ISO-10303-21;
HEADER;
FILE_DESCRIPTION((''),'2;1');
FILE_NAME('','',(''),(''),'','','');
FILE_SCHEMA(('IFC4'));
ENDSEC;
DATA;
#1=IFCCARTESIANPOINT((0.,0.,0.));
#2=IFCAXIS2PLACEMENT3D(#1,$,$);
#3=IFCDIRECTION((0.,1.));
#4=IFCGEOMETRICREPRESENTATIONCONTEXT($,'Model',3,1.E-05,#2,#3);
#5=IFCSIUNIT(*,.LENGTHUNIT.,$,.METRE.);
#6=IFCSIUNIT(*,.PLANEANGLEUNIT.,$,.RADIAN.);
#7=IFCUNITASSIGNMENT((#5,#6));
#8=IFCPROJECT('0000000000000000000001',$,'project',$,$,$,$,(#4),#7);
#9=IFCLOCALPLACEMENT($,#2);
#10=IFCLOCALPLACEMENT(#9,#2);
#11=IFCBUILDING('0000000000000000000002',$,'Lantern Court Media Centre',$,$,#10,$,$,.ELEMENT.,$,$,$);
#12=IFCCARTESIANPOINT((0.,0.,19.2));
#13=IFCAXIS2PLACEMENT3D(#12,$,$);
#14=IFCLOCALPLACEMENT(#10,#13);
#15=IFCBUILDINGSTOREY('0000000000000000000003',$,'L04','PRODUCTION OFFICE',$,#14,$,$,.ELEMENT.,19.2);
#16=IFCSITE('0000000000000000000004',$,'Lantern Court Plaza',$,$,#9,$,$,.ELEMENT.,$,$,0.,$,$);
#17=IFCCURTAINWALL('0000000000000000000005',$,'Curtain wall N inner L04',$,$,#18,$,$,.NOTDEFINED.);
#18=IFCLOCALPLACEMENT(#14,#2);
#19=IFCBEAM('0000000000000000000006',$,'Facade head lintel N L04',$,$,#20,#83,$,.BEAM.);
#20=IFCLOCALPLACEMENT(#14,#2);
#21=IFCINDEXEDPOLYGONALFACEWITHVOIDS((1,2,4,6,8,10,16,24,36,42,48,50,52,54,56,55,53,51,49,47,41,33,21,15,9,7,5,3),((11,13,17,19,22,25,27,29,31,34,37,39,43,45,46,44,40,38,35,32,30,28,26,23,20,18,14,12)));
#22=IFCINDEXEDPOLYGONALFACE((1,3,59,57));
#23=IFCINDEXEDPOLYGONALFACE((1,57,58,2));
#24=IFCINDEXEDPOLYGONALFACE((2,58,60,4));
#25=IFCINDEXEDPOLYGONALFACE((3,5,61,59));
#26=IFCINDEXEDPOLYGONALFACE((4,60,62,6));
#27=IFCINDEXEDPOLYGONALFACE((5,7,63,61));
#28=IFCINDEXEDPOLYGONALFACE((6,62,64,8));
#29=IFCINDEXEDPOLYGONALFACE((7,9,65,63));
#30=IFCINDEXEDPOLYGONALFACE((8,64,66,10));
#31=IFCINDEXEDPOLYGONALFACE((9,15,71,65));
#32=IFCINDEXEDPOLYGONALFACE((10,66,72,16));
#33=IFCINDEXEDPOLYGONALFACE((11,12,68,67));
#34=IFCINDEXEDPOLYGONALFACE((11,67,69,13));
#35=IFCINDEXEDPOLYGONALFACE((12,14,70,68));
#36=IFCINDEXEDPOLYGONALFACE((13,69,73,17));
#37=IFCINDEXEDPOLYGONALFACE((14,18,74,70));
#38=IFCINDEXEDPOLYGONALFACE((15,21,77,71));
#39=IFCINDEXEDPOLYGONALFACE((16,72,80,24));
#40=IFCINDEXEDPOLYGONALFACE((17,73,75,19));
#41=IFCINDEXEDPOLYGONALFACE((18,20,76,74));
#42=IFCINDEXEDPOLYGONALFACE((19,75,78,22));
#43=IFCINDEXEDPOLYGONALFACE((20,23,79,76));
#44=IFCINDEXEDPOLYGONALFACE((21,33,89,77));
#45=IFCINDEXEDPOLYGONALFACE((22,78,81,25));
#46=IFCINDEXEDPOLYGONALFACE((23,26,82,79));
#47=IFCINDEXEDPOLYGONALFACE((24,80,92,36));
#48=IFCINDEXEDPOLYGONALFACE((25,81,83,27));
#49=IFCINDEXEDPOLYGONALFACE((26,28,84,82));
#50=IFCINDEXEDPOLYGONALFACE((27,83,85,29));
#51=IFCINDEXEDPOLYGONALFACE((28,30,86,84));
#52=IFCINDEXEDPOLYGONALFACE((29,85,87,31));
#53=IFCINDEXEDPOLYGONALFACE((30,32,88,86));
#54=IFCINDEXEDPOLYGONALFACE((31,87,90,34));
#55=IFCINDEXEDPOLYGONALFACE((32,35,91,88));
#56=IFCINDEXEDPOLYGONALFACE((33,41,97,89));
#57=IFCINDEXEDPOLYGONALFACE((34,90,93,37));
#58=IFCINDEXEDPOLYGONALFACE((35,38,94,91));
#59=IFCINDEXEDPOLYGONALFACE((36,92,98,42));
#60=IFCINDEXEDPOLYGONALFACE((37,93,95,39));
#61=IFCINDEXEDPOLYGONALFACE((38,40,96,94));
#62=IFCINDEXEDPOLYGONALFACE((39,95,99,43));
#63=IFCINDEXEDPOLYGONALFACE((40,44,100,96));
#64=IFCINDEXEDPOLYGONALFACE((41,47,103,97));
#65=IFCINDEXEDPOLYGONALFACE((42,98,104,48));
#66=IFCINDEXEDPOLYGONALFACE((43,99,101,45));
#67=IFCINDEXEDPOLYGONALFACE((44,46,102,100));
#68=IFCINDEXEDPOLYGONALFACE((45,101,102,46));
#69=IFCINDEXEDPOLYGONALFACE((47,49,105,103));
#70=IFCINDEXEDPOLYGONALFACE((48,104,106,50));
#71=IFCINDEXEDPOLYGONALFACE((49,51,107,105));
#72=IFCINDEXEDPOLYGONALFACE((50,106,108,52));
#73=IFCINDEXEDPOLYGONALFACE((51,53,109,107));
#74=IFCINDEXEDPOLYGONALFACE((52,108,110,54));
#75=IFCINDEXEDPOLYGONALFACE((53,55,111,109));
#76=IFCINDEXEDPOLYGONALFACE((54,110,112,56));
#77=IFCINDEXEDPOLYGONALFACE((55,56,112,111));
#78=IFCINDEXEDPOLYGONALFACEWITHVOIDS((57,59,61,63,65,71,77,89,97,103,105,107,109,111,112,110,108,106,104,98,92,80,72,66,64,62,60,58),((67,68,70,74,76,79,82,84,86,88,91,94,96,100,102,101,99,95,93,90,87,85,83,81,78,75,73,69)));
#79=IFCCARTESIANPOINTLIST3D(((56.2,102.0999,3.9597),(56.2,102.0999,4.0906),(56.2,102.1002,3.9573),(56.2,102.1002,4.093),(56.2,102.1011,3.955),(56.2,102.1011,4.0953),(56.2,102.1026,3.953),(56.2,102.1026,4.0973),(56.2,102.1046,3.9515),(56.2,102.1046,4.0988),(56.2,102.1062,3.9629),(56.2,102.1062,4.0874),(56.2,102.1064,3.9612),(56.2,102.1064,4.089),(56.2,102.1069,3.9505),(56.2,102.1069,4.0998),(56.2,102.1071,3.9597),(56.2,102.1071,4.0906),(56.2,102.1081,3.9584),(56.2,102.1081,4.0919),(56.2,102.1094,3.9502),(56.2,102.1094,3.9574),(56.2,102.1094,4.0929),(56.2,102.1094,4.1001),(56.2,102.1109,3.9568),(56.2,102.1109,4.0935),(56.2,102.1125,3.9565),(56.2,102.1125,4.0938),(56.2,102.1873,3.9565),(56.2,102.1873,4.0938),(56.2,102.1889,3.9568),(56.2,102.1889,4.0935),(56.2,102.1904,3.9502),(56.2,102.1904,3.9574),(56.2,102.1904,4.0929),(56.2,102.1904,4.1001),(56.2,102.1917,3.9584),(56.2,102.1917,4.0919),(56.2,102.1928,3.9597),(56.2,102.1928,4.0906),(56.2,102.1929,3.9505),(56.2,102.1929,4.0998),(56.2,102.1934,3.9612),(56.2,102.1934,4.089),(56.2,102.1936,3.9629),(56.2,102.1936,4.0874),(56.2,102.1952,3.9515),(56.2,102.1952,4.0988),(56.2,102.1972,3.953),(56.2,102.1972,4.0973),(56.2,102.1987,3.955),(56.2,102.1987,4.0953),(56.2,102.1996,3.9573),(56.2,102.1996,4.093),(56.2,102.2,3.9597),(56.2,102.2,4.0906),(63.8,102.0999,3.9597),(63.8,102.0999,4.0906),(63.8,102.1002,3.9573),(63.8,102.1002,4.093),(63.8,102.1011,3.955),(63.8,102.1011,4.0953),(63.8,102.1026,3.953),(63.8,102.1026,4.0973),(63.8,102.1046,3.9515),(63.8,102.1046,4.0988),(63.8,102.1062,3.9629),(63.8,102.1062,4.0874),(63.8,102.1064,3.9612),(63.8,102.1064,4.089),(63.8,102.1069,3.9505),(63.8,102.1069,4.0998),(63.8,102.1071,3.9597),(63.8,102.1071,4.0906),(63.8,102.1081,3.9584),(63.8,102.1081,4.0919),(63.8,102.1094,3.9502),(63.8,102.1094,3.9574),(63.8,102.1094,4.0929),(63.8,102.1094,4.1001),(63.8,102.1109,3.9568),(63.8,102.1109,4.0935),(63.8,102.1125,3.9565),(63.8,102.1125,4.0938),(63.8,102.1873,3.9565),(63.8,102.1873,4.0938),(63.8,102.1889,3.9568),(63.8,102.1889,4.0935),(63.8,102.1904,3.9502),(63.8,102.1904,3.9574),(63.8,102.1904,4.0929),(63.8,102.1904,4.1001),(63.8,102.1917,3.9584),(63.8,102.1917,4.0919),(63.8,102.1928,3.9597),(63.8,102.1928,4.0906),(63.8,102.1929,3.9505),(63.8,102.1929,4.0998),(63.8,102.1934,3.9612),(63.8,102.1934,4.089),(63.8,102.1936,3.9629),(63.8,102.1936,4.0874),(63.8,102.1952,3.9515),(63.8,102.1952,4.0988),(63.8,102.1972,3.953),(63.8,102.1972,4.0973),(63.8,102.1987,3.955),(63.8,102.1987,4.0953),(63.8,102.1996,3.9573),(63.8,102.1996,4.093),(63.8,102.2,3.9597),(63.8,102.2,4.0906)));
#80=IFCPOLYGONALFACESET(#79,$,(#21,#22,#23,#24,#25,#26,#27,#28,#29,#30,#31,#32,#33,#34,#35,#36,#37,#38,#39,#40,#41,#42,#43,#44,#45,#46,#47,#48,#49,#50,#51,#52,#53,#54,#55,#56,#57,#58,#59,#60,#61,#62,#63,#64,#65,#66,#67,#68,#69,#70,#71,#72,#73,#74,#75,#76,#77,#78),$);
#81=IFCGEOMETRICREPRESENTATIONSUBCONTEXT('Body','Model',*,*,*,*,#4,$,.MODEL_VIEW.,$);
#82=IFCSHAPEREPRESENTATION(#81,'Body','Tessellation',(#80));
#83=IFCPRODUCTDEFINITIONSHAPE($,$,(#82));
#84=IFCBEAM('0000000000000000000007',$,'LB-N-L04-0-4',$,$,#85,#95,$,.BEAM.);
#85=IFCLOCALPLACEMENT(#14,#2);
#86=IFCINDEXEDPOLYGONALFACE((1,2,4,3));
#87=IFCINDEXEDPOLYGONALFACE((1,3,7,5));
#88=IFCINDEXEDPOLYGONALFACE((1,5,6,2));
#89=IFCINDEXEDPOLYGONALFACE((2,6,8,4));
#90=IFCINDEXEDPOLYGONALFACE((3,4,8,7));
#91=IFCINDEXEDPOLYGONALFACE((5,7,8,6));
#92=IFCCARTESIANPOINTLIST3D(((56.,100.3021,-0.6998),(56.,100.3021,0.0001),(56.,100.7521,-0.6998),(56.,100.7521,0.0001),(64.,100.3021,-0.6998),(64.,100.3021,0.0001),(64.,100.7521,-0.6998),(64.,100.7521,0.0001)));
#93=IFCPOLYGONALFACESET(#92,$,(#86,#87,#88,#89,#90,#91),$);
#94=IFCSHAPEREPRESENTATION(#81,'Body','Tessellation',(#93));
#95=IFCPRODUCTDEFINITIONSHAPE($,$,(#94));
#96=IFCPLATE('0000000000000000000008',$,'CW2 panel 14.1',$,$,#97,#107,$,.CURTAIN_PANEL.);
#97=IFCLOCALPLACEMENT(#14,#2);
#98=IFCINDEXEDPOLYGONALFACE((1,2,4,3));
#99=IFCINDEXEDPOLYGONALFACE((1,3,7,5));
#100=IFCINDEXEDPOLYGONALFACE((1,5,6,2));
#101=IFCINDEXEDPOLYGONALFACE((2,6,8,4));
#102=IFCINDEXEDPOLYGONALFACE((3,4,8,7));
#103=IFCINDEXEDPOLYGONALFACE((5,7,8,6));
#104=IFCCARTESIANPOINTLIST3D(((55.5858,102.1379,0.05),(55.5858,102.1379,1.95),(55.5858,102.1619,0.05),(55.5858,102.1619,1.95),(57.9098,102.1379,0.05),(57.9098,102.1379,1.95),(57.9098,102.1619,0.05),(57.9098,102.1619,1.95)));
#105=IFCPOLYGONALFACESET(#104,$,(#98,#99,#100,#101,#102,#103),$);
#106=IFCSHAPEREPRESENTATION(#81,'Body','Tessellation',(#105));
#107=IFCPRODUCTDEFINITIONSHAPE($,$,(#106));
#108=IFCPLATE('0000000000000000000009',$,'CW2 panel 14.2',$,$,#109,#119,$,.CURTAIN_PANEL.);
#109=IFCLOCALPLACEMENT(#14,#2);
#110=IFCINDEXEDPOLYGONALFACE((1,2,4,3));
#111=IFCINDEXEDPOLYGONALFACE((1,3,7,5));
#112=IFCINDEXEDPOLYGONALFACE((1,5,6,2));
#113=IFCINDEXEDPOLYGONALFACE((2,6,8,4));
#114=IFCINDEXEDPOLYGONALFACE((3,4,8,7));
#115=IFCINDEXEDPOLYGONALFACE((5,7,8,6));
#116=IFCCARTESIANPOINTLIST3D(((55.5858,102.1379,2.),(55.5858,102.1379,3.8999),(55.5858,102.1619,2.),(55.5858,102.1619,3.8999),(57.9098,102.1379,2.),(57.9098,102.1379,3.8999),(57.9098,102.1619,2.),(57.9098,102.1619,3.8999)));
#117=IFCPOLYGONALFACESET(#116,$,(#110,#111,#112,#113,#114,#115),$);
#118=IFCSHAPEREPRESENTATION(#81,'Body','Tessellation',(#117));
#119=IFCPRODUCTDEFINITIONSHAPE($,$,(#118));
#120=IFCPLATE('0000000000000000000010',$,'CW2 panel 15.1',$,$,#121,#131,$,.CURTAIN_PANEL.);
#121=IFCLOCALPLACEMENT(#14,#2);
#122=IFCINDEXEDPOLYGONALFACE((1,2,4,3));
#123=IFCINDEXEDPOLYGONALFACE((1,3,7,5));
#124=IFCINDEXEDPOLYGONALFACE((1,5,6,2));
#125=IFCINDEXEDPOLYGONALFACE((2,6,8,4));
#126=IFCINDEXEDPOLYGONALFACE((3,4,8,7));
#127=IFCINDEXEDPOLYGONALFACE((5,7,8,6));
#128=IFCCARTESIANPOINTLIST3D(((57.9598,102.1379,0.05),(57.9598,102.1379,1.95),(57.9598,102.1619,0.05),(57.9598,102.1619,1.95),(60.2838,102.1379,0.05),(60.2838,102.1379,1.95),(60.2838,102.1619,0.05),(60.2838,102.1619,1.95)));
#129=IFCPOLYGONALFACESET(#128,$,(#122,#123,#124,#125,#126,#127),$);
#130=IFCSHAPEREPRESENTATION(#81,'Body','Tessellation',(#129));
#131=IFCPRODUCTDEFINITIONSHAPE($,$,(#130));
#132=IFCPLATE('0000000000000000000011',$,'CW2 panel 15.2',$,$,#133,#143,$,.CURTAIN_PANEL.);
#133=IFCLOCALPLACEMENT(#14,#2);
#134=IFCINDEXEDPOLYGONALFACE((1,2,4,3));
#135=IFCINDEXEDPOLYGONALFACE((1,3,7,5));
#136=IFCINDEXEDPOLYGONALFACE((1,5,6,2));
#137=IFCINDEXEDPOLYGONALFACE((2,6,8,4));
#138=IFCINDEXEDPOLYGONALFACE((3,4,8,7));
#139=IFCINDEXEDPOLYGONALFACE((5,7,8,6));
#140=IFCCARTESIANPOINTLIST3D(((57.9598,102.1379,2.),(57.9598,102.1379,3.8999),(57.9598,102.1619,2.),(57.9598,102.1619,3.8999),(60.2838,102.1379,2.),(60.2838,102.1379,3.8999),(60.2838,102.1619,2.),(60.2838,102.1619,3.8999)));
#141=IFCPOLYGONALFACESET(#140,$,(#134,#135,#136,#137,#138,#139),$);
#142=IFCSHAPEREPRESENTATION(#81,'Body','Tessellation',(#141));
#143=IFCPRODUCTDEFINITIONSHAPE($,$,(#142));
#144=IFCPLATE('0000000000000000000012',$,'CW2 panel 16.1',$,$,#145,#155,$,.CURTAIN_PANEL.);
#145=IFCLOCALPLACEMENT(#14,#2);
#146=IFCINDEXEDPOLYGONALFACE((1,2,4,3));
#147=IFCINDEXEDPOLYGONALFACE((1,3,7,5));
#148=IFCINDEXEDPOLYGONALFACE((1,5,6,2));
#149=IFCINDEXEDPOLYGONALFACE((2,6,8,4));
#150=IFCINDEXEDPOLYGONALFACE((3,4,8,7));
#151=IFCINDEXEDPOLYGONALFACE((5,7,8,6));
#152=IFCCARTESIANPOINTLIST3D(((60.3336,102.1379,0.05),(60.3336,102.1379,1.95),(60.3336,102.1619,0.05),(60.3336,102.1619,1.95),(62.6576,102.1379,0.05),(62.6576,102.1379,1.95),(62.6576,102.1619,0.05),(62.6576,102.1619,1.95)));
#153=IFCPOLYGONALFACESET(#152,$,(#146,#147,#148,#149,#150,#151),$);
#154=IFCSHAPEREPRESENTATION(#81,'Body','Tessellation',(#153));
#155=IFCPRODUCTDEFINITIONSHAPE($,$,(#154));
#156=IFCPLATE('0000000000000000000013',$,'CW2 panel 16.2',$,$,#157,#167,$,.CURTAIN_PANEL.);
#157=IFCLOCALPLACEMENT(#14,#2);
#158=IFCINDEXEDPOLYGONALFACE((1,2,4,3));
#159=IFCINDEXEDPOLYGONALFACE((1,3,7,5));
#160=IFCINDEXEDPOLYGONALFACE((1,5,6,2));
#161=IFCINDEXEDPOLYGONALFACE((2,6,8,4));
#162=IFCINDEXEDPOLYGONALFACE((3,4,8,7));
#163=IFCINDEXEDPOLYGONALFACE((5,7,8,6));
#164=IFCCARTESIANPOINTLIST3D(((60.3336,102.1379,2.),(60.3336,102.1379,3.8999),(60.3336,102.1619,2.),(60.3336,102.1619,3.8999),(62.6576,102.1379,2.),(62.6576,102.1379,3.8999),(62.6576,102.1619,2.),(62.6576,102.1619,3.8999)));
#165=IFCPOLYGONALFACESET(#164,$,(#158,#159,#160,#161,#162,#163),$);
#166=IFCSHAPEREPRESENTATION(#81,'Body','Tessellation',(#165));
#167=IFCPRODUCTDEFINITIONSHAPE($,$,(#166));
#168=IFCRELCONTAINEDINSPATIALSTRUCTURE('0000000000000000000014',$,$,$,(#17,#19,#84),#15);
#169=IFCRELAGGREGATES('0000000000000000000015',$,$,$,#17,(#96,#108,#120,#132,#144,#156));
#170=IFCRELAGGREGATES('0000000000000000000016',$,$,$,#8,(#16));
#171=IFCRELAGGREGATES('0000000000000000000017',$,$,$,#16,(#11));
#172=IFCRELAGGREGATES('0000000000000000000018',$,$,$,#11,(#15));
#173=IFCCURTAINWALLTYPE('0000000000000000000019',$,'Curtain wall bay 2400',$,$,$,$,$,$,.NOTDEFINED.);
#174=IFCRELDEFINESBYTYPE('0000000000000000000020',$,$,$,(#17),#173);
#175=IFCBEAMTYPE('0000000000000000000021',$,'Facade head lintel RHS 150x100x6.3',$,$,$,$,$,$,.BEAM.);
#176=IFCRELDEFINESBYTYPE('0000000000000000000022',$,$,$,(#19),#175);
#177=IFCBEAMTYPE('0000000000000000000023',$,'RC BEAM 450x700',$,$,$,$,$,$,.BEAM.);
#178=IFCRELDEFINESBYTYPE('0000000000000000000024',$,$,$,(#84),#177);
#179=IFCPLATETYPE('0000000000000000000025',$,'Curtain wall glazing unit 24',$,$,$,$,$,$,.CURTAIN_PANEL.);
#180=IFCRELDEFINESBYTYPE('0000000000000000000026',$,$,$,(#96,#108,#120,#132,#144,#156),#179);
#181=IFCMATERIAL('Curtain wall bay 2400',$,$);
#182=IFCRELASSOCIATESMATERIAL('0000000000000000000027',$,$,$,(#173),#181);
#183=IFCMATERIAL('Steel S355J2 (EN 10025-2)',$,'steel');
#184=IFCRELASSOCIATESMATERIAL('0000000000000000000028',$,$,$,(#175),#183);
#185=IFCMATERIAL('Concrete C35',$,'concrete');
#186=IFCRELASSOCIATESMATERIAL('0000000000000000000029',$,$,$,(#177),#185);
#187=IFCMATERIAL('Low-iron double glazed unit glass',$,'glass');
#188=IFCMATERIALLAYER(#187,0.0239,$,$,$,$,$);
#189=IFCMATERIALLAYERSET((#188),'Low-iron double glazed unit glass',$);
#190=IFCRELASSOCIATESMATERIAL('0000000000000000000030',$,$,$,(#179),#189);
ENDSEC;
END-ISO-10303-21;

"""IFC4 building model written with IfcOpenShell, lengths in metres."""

from ifc_helpers import new_model, si_unit, direction, frame, origin, origin_2d, place, context, subcontext, project, spatial, rectangle, hollow_rectangle, extrude, material, layer, layer_set, material_profile, profile_set, type_object, element, aggregate, save


model = new_model("IFC4")

# Units and contexts
model_context = context("Model", 3, precision=1e-05, world=origin(), true_north=direction((0.0, 1.0)))
body_context = subcontext(model_context, "Body", "Model", "MODEL_VIEW")
ifc_project = project(units=[si_unit("LENGTHUNIT", "METRE"), si_unit("PLANEANGLEUNIT", "RADIAN")], contexts=[model_context])

# Site, building, storey
site_placement = place(None, origin())
site = spatial("IfcSite", under=ifc_project, at=site_placement, Name="Lantern Court Plaza", CompositionType="ELEMENT", RefElevation=0.0)
building_placement = place(site_placement, origin())
building = spatial("IfcBuilding", under=site, at=building_placement, Name="Lantern Court Media Centre", CompositionType="ELEMENT")
storey_placement = place(building_placement, frame((0.0, 0.0, 19.2)))
storey = spatial("IfcBuildingStorey", under=building, at=storey_placement, Name="L04", Description="PRODUCTION OFFICE", CompositionType="ELEMENT", Elevation=19.2)

# Shared definitions
ifc_material_1 = material(Name="Concrete C35", Category="concrete")

# Curtain wall
ifc_material_2 = material(Name="Curtain wall bay 2400")
curtain_wall_type = type_object("IfcCurtainWallType", Name="Curtain wall bay 2400", PredefinedType="NOTDEFINED", material=ifc_material_2)
curtain_wall_placement = place(storey_placement, origin())
curtain_wall = element("IfcCurtainWall", 1, at=curtain_wall_placement, inside=storey, type_object=curtain_wall_type, Name="Curtain wall N inner L04", PredefinedType="NOTDEFINED")

# Beams
ifc_material_3 = material(Name="Steel S355J2 (EN 10025-2)", Category="steel")
ifc_material_profile_1 = material_profile(ifc_material_3, hollow_rectangle(XDim=0.1001, YDim=0.1499, WallThickness=0.0063, InnerFilletRadius=0.0063, OuterFilletRadius=0.0095, at=origin_2d()), Name="Facade head lintel RHS 150x100x6.3")
ifc_profile_set_1 = profile_set([ifc_material_profile_1], Name="Steel S355J2 (EN 10025-2)")
beam_type_1 = type_object("IfcBeamType", Name="Facade head lintel RHS 150x100x6.3", PredefinedType="BEAM", material=ifc_profile_set_1)
beam_1_placement = place(storey_placement, frame((56.2, 102.1499, 4.0251), z_axis=(1.0, 0.0, 0.0), x_axis=(0.0, 1.0, 0.0)))
element("IfcBeam", 2, at=beam_1_placement, inside=storey, type_object=beam_type_1, Name="Facade head lintel N L04", PredefinedType="BEAM", context=body_context, shape_type="SweptSolid", body=[
    extrude(hollow_rectangle(XDim=0.1001, YDim=0.1499, WallThickness=0.0063, InnerFilletRadius=0.0063, OuterFilletRadius=0.0095, at=origin_2d()), origin(), (0.0, 0.0, 1.0), 7.6001),
])
ifc_material_profile_2 = material_profile(ifc_material_1, rectangle(XDim=0.45, YDim=0.7, at=origin_2d()), Name="RC 450x700")
ifc_profile_set_2 = profile_set([ifc_material_profile_2], Name="Concrete C35")
beam_type_2 = type_object("IfcBeamType", Name="RC BEAM 450x700", PredefinedType="BEAM", material=ifc_profile_set_2)
beam_2_placement = place(storey_placement, frame((56.0, 100.5271, -0.3499), z_axis=(1.0, 0.0, 0.0), x_axis=(0.0, 1.0, 0.0)))
element("IfcBeam", 3, at=beam_2_placement, inside=storey, type_object=beam_type_2, Name="LB-N-L04-0-4", PredefinedType="BEAM", context=body_context, shape_type="SweptSolid", body=[
    extrude(rectangle(XDim=0.45, YDim=0.7, at=origin_2d()), origin(), (0.0, 0.0, 1.0), 8.0),
])

# Plates
ifc_material_4 = material(Name="Low-iron double glazed unit glass", Category="glass")
ifc_layer_1 = layer(ifc_material_4, 0.0239)
ifc_layer_set_1 = layer_set([ifc_layer_1], Name="Low-iron double glazed unit glass")
plate_type = type_object("IfcPlateType", Name="Curtain wall glazing unit 24", PredefinedType="CURTAIN_PANEL", material=ifc_layer_set_1)
plate_1_placement = place(storey_placement, frame((56.7478, 102.1499, 0.05), z_axis=(0.0, 0.0, 1.0), x_axis=(1.0, 0.0, 0.0)))
plate_1 = element("IfcPlate", 4, at=plate_1_placement, type_object=plate_type, Name="CW2 panel 14.1", PredefinedType="CURTAIN_PANEL", context=body_context, shape_type="SweptSolid", body=[
    extrude(rectangle(XDim=2.324, YDim=0.0239, at=origin_2d()), origin(), (0.0, 0.0, 1.0), 1.8999),
])
plate_2_placement = place(storey_placement, frame((56.7478, 102.1499, 2.0), z_axis=(0.0, 0.0, 1.0), x_axis=(1.0, 0.0, 0.0)))
plate_2 = element("IfcPlate", 5, at=plate_2_placement, type_object=plate_type, Name="CW2 panel 14.2", PredefinedType="CURTAIN_PANEL", context=body_context, shape_type="SweptSolid", body=[
    extrude(rectangle(XDim=2.324, YDim=0.0239, at=origin_2d()), origin(), (0.0, 0.0, 1.0), 1.8999),
])
plate_3_placement = place(storey_placement, frame((59.1218, 102.1499, 0.05), z_axis=(0.0, 0.0, 1.0), x_axis=(1.0, 0.0, 0.0)))
plate_3 = element("IfcPlate", 6, at=plate_3_placement, type_object=plate_type, Name="CW2 panel 15.1", PredefinedType="CURTAIN_PANEL", context=body_context, shape_type="SweptSolid", body=[
    extrude(rectangle(XDim=2.324, YDim=0.0239, at=origin_2d()), origin(), (0.0, 0.0, 1.0), 1.8999),
])
plate_4_placement = place(storey_placement, frame((59.1218, 102.1499, 2.0), z_axis=(0.0, 0.0, 1.0), x_axis=(1.0, 0.0, 0.0)))
plate_4 = element("IfcPlate", 7, at=plate_4_placement, type_object=plate_type, Name="CW2 panel 15.2", PredefinedType="CURTAIN_PANEL", context=body_context, shape_type="SweptSolid", body=[
    extrude(rectangle(XDim=2.324, YDim=0.0239, at=origin_2d()), origin(), (0.0, 0.0, 1.0), 1.8999),
])
plate_5_placement = place(storey_placement, frame((61.4956, 102.1499, 0.05), z_axis=(0.0, 0.0, 1.0), x_axis=(1.0, 0.0, 0.0)))
plate_5 = element("IfcPlate", 8, at=plate_5_placement, type_object=plate_type, Name="CW2 panel 16.1", PredefinedType="CURTAIN_PANEL", context=body_context, shape_type="SweptSolid", body=[
    extrude(rectangle(XDim=2.324, YDim=0.0239, at=origin_2d()), origin(), (0.0, 0.0, 1.0), 1.8999),
])
plate_6_placement = place(storey_placement, frame((61.4956, 102.1499, 2.0), z_axis=(0.0, 0.0, 1.0), x_axis=(1.0, 0.0, 0.0)))
plate_6 = element("IfcPlate", 9, at=plate_6_placement, type_object=plate_type, Name="CW2 panel 16.2", PredefinedType="CURTAIN_PANEL", context=body_context, shape_type="SweptSolid", body=[
    extrude(rectangle(XDim=2.324, YDim=0.0239, at=origin_2d()), origin(), (0.0, 0.0, 1.0), 1.8999),
])
aggregate(curtain_wall, [plate_1, plate_2, plate_3, plate_4, plate_5, plate_6])

save(model, "model.ifc")
